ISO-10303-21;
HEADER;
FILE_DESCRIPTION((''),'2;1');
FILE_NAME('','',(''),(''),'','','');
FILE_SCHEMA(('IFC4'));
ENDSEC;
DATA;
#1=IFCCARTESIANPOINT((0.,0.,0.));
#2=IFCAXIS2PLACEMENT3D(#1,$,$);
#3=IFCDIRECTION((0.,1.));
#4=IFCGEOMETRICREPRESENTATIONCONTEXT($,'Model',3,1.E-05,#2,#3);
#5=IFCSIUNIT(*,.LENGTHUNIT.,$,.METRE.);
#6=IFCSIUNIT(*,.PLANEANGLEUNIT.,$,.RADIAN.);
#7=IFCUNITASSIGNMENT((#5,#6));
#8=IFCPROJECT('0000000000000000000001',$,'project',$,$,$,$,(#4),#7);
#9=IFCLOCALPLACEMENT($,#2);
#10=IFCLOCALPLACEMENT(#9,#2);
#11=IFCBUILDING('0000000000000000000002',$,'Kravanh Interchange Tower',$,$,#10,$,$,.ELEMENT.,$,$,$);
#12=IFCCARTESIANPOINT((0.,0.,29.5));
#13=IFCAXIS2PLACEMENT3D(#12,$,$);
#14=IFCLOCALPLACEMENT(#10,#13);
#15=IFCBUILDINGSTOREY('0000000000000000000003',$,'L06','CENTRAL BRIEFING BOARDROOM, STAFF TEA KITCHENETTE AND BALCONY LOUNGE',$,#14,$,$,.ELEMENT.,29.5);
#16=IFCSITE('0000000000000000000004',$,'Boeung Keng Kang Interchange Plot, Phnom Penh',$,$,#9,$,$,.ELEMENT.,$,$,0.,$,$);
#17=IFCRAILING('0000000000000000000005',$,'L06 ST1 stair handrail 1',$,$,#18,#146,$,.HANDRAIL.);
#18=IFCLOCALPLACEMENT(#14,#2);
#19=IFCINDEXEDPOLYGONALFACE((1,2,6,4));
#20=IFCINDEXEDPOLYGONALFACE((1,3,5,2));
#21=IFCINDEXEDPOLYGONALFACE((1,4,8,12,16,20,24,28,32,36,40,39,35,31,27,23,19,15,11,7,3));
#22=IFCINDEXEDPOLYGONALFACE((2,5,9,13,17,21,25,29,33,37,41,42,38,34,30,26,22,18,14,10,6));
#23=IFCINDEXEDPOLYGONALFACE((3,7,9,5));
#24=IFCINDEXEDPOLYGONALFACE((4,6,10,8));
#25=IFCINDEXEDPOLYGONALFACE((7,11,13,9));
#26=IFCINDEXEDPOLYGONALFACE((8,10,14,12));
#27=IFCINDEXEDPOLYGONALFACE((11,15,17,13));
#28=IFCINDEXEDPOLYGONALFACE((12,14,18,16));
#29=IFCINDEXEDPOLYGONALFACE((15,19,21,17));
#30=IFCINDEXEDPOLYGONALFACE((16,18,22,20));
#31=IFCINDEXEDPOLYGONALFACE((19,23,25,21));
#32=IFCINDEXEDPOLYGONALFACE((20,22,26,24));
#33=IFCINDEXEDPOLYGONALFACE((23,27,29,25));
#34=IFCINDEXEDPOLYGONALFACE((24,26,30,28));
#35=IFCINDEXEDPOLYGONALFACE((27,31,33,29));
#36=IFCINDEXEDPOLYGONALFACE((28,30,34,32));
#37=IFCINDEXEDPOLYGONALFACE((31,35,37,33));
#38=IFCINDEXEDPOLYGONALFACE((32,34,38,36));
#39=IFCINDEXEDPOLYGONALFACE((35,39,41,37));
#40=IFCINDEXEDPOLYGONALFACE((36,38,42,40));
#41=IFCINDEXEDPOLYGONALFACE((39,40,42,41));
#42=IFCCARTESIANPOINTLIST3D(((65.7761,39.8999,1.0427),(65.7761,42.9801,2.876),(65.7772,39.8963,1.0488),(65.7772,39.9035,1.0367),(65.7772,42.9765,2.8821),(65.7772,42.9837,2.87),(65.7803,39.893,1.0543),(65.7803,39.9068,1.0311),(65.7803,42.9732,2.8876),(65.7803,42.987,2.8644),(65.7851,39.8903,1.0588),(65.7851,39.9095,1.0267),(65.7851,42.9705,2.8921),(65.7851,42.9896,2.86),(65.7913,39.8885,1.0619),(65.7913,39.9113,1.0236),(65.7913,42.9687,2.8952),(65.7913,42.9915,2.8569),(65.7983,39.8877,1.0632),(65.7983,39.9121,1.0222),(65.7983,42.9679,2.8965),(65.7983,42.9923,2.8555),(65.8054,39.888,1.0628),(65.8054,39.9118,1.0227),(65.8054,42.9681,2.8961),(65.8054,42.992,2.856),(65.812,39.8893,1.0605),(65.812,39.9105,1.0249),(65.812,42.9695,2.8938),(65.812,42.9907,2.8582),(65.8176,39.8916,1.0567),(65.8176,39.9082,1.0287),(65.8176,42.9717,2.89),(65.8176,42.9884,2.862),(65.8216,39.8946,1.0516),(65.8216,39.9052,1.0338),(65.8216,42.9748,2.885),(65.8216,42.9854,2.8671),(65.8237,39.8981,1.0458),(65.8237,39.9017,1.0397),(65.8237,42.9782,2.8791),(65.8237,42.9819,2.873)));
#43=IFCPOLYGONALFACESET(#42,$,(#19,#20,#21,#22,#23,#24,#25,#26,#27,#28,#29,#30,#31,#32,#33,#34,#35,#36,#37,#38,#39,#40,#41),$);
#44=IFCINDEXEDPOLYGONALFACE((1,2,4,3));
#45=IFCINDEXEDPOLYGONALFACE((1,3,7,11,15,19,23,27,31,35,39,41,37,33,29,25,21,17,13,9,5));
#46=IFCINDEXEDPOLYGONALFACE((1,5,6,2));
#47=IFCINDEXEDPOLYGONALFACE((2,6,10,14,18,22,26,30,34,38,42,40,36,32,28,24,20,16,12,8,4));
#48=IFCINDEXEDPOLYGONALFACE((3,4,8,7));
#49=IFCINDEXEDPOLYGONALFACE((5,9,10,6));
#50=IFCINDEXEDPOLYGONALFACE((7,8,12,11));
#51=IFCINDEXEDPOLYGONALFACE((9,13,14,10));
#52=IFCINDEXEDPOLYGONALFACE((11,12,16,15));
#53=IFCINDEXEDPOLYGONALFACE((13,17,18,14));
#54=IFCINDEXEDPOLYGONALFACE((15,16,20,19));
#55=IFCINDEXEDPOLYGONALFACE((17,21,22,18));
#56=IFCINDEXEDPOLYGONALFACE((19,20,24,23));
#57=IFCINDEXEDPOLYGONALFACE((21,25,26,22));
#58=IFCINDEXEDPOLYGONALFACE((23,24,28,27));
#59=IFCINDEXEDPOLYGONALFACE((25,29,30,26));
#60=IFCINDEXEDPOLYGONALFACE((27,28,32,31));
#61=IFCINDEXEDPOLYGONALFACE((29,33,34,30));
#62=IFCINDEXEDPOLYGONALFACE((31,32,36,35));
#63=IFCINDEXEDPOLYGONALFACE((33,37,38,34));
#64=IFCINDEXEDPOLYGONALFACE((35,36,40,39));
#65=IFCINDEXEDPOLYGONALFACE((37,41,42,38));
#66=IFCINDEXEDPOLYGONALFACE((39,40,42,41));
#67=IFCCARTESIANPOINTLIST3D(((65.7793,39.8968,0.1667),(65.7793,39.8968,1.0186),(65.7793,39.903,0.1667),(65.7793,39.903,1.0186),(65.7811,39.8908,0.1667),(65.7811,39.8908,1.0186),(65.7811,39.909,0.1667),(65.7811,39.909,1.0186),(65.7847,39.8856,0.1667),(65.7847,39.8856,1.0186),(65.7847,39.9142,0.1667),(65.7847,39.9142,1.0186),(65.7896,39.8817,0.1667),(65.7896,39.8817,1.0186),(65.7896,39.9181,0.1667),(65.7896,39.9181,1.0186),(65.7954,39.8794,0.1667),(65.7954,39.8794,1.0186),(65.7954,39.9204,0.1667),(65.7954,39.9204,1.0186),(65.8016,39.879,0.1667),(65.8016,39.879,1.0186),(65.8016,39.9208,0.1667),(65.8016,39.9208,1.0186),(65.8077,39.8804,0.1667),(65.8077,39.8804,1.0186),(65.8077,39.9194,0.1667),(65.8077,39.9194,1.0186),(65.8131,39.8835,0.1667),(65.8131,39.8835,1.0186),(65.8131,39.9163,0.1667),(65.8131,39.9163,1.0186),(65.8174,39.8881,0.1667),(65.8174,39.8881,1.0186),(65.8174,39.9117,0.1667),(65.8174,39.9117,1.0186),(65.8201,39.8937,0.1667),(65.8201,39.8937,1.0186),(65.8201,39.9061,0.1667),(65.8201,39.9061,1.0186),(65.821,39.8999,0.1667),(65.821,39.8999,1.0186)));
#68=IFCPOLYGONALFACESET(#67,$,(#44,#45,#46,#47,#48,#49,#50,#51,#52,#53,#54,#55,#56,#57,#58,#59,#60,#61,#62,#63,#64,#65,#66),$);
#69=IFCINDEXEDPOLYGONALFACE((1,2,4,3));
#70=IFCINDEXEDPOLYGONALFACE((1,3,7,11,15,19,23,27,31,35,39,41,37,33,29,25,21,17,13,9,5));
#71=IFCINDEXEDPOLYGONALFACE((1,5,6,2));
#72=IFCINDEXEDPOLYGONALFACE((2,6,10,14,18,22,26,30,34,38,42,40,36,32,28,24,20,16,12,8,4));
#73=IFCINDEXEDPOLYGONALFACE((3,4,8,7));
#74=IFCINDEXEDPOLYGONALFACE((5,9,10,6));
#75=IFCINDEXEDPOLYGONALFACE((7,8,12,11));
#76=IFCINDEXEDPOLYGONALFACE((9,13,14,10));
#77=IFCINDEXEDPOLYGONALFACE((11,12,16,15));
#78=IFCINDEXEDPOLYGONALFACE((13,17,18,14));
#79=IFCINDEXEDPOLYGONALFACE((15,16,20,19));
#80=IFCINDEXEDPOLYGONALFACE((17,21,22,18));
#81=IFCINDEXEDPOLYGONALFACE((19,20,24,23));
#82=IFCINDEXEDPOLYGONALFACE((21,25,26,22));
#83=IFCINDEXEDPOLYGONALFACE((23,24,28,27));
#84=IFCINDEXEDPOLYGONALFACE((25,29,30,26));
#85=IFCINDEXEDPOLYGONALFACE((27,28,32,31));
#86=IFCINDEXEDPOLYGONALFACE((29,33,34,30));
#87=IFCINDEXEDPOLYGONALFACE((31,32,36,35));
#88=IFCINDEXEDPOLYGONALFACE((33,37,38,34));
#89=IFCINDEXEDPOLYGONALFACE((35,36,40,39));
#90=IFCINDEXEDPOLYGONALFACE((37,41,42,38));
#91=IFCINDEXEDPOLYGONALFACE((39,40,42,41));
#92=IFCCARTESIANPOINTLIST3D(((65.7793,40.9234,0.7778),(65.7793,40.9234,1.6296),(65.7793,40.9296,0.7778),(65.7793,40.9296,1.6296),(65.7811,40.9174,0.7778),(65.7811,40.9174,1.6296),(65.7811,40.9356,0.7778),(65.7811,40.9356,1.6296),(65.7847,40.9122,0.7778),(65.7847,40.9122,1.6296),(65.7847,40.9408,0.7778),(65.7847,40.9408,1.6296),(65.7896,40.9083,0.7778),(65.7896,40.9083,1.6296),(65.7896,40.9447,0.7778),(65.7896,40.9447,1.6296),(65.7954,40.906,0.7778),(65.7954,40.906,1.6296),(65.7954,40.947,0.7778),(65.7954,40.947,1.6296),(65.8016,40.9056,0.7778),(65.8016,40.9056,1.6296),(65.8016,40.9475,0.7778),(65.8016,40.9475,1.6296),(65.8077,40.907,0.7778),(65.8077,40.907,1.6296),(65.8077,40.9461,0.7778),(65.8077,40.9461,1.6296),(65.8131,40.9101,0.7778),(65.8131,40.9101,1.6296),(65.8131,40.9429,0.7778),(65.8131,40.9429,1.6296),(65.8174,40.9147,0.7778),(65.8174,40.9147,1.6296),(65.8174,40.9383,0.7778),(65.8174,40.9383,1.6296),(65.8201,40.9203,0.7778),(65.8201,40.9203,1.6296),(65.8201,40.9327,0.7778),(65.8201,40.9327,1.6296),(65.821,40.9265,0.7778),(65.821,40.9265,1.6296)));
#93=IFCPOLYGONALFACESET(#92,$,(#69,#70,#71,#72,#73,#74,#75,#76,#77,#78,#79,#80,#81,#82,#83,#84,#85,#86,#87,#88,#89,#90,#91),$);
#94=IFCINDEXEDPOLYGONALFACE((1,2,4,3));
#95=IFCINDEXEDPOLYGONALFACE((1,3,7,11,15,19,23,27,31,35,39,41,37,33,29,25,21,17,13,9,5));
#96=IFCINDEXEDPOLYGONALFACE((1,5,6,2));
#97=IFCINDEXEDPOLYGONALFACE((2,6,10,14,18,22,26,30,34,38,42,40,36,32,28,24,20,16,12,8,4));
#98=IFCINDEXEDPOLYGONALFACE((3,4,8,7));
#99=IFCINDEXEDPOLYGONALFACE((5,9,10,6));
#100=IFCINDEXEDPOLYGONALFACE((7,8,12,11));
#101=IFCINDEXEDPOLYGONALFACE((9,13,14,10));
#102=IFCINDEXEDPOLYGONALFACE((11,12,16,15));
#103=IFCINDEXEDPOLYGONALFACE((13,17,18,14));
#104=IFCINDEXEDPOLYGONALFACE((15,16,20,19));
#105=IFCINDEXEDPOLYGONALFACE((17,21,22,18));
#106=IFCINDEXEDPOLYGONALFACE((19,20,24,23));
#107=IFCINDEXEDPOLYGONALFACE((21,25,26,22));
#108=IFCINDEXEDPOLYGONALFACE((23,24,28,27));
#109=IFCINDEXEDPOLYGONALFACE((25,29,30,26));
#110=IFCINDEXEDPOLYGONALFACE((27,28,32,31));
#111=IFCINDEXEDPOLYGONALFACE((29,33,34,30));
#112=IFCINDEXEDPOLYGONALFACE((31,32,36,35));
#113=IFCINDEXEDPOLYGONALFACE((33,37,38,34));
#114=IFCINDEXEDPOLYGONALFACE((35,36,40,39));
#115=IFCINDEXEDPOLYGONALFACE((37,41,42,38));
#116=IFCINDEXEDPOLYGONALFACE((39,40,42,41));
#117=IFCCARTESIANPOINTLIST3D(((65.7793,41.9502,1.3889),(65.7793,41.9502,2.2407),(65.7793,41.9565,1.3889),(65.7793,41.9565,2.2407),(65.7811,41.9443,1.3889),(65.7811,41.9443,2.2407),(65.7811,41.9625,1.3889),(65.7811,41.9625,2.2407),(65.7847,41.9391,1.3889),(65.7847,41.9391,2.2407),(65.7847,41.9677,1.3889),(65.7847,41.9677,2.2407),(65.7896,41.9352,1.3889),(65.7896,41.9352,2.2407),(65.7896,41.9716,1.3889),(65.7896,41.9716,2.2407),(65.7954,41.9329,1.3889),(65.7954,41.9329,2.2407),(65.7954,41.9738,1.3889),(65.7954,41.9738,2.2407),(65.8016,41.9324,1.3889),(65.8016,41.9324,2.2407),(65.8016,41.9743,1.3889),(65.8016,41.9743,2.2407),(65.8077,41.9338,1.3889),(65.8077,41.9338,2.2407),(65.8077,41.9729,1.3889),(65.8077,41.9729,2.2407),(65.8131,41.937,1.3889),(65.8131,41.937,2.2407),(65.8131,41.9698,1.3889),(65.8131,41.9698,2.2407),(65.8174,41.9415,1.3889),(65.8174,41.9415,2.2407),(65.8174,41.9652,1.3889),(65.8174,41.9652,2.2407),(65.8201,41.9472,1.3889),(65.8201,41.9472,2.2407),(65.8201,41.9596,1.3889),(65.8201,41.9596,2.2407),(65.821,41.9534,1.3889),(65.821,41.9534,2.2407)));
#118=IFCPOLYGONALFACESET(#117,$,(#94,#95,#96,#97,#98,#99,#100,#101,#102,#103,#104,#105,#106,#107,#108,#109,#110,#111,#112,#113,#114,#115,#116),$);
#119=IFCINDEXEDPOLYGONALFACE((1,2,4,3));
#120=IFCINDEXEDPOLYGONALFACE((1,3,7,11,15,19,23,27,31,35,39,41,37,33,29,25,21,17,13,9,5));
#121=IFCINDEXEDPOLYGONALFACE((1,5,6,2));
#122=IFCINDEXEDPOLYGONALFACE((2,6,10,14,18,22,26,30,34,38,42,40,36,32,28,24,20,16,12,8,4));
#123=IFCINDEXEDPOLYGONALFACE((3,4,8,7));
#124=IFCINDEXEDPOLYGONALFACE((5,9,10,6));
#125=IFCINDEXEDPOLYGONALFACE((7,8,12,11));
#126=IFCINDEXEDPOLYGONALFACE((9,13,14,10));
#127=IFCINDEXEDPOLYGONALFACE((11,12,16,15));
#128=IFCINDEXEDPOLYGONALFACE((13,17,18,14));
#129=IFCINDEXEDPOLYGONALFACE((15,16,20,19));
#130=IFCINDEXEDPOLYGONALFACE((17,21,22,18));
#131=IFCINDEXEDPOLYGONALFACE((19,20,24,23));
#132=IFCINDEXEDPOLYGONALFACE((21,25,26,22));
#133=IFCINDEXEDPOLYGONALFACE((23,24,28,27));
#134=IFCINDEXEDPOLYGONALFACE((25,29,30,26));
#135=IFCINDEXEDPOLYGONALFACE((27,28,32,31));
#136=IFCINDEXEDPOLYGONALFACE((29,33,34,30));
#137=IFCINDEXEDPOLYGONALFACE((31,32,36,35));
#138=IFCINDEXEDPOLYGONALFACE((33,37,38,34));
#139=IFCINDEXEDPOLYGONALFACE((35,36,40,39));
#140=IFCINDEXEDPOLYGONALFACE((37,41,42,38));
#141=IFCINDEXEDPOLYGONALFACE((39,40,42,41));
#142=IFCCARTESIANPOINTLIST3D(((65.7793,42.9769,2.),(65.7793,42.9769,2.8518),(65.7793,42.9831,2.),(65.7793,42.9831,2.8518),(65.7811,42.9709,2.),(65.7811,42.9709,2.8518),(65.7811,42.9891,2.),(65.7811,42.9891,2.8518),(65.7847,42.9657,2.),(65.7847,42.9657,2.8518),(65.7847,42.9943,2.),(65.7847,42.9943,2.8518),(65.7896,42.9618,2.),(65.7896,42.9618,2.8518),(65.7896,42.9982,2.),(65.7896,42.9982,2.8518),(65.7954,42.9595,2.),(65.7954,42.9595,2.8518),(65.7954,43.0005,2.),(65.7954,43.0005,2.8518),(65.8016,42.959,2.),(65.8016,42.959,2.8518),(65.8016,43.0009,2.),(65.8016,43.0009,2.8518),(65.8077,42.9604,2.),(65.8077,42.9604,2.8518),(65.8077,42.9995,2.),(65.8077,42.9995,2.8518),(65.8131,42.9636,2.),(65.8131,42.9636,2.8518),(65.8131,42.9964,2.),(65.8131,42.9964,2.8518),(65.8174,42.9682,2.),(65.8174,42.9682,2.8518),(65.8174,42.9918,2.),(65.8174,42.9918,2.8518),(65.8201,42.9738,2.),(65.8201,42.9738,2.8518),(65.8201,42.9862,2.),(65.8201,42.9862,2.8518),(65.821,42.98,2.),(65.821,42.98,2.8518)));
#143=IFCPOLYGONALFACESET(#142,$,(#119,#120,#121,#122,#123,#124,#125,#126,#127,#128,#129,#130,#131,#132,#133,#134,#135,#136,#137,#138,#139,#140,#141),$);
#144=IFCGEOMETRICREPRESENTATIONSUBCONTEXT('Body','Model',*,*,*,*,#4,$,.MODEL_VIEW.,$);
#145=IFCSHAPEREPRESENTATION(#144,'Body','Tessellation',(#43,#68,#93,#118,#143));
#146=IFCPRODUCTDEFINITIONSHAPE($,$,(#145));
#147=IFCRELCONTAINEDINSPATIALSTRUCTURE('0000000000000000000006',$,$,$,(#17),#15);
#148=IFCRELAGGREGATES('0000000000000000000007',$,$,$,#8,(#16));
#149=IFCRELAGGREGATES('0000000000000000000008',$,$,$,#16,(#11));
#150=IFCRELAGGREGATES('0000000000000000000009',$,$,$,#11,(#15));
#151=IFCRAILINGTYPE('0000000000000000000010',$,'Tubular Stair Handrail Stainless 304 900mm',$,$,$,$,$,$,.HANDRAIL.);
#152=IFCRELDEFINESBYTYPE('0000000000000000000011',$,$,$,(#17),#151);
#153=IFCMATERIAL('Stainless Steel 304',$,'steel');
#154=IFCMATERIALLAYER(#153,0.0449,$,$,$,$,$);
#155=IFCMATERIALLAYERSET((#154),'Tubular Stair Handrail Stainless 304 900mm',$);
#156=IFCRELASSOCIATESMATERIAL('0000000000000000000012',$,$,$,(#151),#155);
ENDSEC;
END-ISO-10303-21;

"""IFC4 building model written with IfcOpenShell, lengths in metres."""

from ifc_helpers import new_model, si_unit, direction, frame, origin, origin_2d, place, context, subcontext, project, spatial, circle, extrude, material, layer, layer_set, type_object, element, save


model = new_model("IFC4")

# Units and contexts
model_context = context("Model", 3, precision=1e-05, world=origin(), true_north=direction((0.0, 1.0)))
body_context = subcontext(model_context, "Body", "Model", "MODEL_VIEW")
ifc_project = project(units=[si_unit("LENGTHUNIT", "METRE"), si_unit("PLANEANGLEUNIT", "RADIAN")], contexts=[model_context])

# Site, building, storey
site_placement = place(None, origin())
site = spatial("IfcSite", under=ifc_project, at=site_placement, Name="Boeung Keng Kang Interchange Plot, Phnom Penh", CompositionType="ELEMENT", RefElevation=0.0)
building_placement = place(site_placement, origin())
building = spatial("IfcBuilding", under=site, at=building_placement, Name="Kravanh Interchange Tower", CompositionType="ELEMENT")
storey_placement = place(building_placement, frame((0.0, 0.0, 29.5)))
storey = spatial("IfcBuildingStorey", under=building, at=storey_placement, Name="L06", Description="CENTRAL BRIEFING BOARDROOM, STAFF TEA KITCHENETTE AND BALCONY LOUNGE", CompositionType="ELEMENT", Elevation=29.5)

# Railing
ifc_material_1 = material(Name="Stainless Steel 304", Category="steel")
ifc_layer_1 = layer(ifc_material_1, 0.0449)
ifc_layer_set_1 = layer_set([ifc_layer_1], Name="Tubular Stair Handrail Stainless 304 900mm")
railing_type_1 = type_object("IfcRailingType", Name="Tubular Stair Handrail Stainless 304 900mm", PredefinedType="HANDRAIL", material=ifc_layer_set_1)
railing_1_placement = place(storey_placement, frame((65.8, 39.8999, 0.1667)))
element("IfcRailing", 1, at=railing_1_placement, inside=storey, type_object=railing_type_1, Name="L06 ST1 stair handrail 1", PredefinedType="HANDRAIL", context=body_context, shape_type="SweptSolid", body=[
    extrude(circle(Radius=0.0239, at=origin_2d()), frame((0.0, 0.0, 0.876), z_axis=(0.0, 0.859309, 0.511458), x_axis=(-1.0, 0.0, 0.0)), (0.0, 0.0, 1.0), 3.5845),
    extrude(circle(Radius=0.021, at=origin_2d()), origin(), (0.0, 0.0, 1.0), 0.8518),
    extrude(circle(Radius=0.021, at=origin_2d()), frame((0.0, 1.0266, 0.6111)), (0.0, 0.0, 1.0), 0.8518),
    extrude(circle(Radius=0.021, at=origin_2d()), frame((0.0, 2.0535, 1.2222)), (0.0, 0.0, 1.0), 0.8518),
    extrude(circle(Radius=0.021, at=origin_2d()), frame((0.0, 3.0801, 1.8333)), (0.0, 0.0, 1.0), 0.8518),
])

save(model, "model.ifc")
